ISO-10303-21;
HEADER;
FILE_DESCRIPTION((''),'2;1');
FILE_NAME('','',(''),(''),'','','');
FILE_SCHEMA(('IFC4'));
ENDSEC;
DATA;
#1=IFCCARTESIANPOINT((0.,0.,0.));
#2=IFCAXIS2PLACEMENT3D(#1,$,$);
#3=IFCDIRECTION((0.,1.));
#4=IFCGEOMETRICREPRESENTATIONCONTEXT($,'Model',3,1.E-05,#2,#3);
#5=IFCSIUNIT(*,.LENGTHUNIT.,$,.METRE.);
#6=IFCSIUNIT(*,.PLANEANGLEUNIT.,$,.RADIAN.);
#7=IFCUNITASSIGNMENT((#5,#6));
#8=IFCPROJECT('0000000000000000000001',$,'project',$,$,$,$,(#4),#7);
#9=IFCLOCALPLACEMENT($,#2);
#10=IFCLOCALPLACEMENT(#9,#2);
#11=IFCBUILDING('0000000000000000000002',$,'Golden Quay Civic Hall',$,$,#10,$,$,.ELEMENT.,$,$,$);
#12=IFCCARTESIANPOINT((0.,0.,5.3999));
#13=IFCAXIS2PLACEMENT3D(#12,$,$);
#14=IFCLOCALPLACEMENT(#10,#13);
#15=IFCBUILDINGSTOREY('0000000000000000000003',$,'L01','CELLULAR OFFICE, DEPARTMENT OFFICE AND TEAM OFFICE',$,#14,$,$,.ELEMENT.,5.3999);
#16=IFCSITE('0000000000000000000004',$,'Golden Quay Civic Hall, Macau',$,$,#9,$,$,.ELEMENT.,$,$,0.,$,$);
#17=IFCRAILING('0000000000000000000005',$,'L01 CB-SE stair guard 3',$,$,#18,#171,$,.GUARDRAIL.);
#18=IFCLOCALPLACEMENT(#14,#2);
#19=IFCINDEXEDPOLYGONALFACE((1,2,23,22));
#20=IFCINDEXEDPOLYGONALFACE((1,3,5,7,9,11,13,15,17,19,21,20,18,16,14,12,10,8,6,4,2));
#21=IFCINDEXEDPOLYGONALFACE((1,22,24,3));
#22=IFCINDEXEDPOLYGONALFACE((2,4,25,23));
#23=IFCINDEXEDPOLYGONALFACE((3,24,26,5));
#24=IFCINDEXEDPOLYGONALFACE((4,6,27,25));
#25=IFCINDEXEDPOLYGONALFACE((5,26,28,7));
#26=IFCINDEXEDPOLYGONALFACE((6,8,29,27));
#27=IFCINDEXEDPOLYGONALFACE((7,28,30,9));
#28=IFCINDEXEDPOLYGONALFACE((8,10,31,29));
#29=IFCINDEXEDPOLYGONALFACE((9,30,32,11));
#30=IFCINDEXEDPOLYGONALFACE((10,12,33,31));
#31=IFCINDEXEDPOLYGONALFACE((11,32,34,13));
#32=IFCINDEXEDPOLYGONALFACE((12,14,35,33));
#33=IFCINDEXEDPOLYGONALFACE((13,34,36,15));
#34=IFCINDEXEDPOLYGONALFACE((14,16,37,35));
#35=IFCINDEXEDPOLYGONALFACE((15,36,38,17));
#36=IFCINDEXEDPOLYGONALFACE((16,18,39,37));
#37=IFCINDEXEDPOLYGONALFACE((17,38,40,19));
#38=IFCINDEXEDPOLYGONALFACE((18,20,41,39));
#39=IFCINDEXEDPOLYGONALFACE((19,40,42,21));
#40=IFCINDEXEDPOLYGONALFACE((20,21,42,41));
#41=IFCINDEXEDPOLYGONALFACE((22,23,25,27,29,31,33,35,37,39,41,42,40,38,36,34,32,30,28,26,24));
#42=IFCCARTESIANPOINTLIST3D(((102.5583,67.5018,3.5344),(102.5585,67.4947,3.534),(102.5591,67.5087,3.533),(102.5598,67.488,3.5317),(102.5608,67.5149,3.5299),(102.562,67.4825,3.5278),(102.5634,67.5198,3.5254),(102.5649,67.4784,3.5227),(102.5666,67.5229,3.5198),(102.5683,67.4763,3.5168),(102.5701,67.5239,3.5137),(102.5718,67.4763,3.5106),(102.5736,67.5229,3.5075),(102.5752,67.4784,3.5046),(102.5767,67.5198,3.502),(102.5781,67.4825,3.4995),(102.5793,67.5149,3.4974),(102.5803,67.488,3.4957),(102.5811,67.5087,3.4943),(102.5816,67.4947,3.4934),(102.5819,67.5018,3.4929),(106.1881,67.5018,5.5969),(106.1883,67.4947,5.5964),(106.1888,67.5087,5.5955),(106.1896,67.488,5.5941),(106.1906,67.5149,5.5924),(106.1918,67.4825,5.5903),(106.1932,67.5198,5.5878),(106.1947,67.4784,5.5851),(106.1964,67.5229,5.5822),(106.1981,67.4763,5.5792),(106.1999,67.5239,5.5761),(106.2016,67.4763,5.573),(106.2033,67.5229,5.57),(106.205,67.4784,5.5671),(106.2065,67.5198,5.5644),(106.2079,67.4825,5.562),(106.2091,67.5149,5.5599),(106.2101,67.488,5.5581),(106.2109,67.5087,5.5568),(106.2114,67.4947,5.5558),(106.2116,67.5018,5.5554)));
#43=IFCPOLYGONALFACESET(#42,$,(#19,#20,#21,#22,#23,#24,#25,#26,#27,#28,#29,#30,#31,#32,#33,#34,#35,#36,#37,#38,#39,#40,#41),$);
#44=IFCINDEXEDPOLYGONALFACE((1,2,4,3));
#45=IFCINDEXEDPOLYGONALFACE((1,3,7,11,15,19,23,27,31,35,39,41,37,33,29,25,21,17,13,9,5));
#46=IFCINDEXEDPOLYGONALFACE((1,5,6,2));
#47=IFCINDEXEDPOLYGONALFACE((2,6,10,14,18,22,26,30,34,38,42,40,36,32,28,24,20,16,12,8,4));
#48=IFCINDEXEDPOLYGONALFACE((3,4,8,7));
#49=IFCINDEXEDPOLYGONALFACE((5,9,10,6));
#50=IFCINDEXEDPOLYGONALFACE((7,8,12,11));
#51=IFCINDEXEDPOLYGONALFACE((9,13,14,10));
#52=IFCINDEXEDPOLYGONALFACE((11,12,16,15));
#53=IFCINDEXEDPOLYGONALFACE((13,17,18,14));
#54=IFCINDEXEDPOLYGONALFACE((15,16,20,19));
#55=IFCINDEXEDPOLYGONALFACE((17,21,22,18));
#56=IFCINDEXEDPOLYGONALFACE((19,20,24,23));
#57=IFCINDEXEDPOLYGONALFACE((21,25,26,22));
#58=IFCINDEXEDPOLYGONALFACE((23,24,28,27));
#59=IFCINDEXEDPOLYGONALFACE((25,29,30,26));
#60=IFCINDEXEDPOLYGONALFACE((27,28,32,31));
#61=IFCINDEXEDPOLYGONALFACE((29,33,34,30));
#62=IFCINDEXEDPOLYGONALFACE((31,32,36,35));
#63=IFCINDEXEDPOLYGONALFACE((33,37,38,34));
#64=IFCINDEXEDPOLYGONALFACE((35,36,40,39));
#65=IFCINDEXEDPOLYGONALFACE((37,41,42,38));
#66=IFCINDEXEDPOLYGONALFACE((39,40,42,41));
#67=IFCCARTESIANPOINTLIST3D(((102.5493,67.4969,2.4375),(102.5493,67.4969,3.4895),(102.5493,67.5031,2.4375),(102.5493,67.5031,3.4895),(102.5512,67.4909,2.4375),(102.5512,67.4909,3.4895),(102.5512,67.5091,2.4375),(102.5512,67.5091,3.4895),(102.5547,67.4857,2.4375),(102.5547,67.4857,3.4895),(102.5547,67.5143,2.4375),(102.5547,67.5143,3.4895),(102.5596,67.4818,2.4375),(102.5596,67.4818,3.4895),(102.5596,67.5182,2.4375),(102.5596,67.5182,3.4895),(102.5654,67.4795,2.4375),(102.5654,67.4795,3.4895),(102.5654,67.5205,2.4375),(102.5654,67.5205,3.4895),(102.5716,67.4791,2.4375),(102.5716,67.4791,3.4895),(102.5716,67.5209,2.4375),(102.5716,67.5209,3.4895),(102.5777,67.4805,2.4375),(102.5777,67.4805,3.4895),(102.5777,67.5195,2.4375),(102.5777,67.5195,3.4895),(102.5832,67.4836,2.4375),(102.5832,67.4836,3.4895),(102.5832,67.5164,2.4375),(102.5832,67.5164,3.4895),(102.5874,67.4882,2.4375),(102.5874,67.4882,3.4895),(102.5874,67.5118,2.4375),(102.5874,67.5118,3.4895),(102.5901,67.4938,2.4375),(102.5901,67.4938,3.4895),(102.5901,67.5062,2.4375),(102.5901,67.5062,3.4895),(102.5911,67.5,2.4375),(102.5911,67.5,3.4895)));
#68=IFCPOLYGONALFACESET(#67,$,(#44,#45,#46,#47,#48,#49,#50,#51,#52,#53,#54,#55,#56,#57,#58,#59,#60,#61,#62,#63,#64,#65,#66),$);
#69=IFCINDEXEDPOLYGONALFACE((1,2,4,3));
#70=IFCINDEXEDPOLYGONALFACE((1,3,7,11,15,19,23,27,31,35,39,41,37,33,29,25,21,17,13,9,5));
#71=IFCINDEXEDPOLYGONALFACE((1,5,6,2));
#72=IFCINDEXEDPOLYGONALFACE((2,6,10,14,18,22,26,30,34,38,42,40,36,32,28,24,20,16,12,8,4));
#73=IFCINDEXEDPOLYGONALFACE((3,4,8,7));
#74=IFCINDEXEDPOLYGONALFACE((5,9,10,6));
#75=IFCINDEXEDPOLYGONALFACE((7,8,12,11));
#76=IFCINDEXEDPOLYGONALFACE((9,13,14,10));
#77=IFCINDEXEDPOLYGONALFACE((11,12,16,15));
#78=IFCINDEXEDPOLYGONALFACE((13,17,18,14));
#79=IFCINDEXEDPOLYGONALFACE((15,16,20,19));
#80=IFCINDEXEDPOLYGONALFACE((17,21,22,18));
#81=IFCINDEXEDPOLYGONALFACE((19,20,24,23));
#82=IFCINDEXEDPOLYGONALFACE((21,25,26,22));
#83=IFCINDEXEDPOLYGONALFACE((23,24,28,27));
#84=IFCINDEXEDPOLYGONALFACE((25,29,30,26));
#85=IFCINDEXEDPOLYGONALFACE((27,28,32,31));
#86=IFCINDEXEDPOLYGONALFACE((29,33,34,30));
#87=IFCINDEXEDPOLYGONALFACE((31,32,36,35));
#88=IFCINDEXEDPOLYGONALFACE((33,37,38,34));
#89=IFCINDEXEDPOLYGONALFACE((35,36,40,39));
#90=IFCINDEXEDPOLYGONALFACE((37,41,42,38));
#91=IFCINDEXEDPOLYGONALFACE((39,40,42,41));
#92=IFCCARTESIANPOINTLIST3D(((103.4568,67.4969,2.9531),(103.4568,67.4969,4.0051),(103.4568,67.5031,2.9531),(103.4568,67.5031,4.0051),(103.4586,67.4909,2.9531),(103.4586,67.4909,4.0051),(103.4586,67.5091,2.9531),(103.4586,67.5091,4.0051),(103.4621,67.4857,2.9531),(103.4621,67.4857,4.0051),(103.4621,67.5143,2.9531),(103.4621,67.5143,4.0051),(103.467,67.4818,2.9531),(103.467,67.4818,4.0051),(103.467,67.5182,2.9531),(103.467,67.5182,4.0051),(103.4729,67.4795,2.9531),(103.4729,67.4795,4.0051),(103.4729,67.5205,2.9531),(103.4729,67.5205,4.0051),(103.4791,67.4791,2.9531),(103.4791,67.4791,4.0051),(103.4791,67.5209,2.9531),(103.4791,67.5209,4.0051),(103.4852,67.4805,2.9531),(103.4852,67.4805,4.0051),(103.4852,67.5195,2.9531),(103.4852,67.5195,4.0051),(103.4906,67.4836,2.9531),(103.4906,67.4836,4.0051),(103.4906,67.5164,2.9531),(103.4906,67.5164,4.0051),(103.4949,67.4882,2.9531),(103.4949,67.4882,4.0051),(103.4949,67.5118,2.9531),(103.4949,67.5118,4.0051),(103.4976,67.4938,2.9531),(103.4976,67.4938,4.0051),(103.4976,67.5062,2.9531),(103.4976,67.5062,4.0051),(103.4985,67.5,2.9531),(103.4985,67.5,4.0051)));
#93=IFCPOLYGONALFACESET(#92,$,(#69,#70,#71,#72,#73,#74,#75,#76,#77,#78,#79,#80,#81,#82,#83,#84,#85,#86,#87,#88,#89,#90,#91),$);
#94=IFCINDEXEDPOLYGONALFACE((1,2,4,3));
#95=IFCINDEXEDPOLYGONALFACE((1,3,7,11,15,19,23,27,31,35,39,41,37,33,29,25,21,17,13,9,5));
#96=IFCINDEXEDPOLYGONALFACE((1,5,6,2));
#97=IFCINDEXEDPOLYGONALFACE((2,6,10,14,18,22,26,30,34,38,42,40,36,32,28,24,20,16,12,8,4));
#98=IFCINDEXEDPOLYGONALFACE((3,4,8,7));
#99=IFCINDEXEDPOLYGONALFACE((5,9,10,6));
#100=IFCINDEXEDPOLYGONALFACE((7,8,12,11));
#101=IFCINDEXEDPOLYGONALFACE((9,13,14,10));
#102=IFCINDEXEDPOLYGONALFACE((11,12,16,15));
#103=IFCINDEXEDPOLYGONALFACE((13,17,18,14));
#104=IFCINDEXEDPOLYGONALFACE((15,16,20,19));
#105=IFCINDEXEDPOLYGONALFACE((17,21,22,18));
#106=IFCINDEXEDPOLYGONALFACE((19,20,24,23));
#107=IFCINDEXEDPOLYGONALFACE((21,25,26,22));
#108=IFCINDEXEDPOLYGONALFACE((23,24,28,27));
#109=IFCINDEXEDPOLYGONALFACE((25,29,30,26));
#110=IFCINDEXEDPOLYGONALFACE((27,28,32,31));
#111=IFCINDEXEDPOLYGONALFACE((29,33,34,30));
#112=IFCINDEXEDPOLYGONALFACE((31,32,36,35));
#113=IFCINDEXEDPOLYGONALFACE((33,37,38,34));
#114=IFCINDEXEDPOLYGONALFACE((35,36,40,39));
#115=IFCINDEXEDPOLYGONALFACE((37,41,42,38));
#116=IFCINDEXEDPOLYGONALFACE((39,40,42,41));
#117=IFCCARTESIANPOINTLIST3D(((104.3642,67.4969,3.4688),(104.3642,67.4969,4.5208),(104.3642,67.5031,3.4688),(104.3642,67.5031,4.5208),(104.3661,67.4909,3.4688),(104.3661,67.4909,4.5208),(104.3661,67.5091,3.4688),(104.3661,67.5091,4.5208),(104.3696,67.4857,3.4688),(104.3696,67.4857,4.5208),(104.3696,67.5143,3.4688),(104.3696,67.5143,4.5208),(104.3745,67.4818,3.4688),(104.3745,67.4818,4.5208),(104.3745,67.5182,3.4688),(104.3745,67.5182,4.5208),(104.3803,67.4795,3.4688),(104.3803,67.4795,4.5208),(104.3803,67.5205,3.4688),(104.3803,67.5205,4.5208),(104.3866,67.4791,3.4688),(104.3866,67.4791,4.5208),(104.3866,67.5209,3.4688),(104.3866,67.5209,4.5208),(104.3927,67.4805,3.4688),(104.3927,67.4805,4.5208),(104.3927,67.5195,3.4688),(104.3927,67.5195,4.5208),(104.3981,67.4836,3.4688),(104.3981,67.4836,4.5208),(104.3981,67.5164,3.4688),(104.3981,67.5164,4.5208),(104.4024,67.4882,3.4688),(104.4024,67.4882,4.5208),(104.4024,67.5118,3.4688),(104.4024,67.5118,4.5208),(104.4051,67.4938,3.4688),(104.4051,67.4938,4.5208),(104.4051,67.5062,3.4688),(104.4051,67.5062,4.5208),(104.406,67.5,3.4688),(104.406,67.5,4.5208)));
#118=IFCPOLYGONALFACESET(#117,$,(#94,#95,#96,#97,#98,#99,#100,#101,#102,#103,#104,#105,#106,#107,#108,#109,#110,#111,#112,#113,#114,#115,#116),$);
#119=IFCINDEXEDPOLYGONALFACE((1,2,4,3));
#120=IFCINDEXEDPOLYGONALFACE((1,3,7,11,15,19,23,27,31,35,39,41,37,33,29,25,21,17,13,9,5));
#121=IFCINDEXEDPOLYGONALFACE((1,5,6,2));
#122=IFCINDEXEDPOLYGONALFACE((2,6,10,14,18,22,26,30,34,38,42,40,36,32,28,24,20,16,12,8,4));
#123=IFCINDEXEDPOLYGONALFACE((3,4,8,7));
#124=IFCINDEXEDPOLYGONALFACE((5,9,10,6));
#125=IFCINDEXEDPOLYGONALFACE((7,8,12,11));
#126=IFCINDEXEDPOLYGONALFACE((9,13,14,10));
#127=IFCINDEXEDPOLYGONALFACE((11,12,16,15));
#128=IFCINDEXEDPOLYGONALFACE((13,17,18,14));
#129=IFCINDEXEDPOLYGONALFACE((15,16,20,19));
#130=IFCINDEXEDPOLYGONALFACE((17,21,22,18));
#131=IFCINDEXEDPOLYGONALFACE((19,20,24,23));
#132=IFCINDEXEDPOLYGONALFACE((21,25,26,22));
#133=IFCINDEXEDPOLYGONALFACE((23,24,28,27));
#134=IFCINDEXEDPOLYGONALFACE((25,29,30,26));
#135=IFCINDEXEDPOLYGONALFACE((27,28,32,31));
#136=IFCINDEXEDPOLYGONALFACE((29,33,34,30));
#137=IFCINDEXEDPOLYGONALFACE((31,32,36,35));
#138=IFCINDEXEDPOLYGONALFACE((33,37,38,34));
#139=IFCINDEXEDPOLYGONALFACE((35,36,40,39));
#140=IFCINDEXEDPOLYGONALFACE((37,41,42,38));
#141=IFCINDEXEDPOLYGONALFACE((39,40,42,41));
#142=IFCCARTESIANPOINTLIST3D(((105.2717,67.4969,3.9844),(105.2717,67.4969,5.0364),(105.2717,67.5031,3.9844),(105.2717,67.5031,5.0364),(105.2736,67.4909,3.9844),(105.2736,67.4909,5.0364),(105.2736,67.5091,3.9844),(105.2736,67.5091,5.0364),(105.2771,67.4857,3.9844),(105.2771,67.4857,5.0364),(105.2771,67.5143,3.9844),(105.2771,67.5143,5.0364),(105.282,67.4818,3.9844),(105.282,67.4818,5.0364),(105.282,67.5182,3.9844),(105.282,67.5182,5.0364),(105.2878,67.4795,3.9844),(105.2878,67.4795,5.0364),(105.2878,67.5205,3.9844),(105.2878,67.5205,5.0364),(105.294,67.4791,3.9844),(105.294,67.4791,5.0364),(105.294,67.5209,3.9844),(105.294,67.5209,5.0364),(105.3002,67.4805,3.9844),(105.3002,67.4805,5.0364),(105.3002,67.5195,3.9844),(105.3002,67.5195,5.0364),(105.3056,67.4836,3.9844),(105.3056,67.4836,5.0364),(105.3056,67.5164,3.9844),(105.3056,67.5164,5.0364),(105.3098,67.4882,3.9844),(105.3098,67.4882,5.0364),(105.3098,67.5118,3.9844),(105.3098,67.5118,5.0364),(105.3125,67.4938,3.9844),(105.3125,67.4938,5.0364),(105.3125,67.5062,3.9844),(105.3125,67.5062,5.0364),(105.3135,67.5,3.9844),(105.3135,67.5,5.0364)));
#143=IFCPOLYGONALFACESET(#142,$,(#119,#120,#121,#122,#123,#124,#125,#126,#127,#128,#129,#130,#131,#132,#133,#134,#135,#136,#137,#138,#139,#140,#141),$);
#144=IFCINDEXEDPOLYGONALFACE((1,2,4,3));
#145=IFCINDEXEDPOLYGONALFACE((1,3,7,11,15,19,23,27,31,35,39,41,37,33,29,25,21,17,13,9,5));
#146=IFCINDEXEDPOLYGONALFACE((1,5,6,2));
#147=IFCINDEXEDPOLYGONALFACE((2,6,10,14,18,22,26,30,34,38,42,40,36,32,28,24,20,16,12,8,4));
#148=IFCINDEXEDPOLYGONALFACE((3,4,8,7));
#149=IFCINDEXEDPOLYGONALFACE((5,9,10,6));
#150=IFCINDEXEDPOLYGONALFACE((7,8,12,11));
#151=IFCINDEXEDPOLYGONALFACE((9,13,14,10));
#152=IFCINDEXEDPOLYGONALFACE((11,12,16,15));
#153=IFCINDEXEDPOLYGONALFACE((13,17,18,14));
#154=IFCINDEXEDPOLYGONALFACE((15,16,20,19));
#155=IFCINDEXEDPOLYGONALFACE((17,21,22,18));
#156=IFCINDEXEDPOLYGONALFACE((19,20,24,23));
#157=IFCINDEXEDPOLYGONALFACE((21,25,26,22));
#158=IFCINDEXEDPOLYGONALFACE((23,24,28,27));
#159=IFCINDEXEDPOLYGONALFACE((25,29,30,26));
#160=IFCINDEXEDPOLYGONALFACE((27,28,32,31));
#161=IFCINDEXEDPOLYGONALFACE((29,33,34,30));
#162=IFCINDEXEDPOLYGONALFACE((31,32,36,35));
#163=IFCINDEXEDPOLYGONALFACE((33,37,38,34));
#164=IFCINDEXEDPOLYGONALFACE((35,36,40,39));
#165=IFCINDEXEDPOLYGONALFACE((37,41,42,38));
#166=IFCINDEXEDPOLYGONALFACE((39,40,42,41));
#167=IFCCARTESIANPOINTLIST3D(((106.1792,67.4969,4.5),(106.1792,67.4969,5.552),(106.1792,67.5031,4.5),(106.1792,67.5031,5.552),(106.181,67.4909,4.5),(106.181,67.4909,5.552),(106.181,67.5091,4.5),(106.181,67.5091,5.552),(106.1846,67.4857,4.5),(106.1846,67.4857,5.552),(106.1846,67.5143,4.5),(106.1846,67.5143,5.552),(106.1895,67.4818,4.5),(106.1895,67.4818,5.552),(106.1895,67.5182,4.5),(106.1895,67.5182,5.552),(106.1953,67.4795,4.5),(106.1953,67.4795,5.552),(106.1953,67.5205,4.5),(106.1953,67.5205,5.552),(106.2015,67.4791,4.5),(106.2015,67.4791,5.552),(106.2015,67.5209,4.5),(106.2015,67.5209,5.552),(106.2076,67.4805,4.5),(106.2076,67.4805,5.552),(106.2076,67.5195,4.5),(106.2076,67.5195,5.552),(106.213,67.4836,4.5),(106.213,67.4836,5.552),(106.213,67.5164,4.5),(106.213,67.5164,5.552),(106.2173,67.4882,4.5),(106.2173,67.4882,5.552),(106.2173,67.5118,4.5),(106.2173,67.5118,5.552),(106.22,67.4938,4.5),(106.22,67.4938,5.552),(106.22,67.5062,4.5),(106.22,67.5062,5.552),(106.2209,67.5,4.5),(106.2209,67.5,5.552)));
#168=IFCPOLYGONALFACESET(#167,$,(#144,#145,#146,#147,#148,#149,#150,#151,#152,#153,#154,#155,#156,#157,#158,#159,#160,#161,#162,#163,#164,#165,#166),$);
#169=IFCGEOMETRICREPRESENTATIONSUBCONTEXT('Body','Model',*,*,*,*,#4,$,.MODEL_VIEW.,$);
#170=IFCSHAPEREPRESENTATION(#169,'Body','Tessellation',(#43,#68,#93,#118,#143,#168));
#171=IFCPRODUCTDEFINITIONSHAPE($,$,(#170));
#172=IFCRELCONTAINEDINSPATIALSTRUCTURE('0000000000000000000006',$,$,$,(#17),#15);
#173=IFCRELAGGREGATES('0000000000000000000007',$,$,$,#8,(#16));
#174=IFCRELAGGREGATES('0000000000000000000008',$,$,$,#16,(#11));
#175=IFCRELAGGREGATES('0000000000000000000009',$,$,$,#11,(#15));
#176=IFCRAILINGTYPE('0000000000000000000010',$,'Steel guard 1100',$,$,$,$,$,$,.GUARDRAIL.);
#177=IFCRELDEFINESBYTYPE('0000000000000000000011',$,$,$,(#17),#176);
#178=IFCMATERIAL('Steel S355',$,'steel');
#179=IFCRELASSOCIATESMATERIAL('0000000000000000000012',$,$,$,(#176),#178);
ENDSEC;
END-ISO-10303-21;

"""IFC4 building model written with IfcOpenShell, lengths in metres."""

from ifc_helpers import new_model, si_unit, direction, frame, origin, origin_2d, place, context, subcontext, project, spatial, circle, extrude, material, type_object, element, save


model = new_model("IFC4")

# Units and contexts
model_context = context("Model", 3, precision=1e-05, world=origin(), true_north=direction((0.0, 1.0)))
body_context = subcontext(model_context, "Body", "Model", "MODEL_VIEW")
ifc_project = project(units=[si_unit("LENGTHUNIT", "METRE"), si_unit("PLANEANGLEUNIT", "RADIAN")], contexts=[model_context])

# Site, building, storey
site_placement = place(None, origin())
site = spatial("IfcSite", under=ifc_project, at=site_placement, Name="Golden Quay Civic Hall, Macau", CompositionType="ELEMENT", RefElevation=0.0)
building_placement = place(site_placement, origin())
building = spatial("IfcBuilding", under=site, at=building_placement, Name="Golden Quay Civic Hall", CompositionType="ELEMENT")
storey_placement = place(building_placement, frame((0.0, 0.0, 5.3999)))
storey = spatial("IfcBuildingStorey", under=building, at=storey_placement, Name="L01", Description="CELLULAR OFFICE, DEPARTMENT OFFICE AND TEAM OFFICE", CompositionType="ELEMENT", Elevation=5.3999)

# Railing
ifc_material_1 = material(Name="Steel S355", Category="steel")
railing_type_1 = type_object("IfcRailingType", Name="Steel guard 1100", PredefinedType="GUARDRAIL", material=ifc_material_1)
railing_1_placement = place(storey_placement, frame((102.5701, 67.5, 2.4375)))
element("IfcRailing", 1, at=railing_1_placement, inside=storey, type_object=railing_type_1, Name="L01 CB-SE stair guard 3", PredefinedType="GUARDRAIL", context=body_context, shape_type="SweptSolid", body=[
    extrude(circle(Radius=0.0239, at=origin_2d()), frame((0.0, 0.0, 1.0762), z_axis=(0.86945, 0.0, 0.494021), x_axis=(0.0, 1.0, 0.0)), (0.0, 0.0, 1.0), 4.1748),
    extrude(circle(Radius=0.021, at=origin_2d()), origin(), (0.0, 0.0, 1.0), 1.052),
    extrude(circle(Radius=0.021, at=origin_2d()), frame((0.9075, 0.0, 0.5156)), (0.0, 0.0, 1.0), 1.052),
    extrude(circle(Radius=0.021, at=origin_2d()), frame((1.8149, 0.0, 1.0312)), (0.0, 0.0, 1.0), 1.052),
    extrude(circle(Radius=0.021, at=origin_2d()), frame((2.7224, 0.0, 1.5469)), (0.0, 0.0, 1.0), 1.052),
    extrude(circle(Radius=0.021, at=origin_2d()), frame((3.6299, 0.0, 2.0625)), (0.0, 0.0, 1.0), 1.052),
])

save(model, "model.ifc")
